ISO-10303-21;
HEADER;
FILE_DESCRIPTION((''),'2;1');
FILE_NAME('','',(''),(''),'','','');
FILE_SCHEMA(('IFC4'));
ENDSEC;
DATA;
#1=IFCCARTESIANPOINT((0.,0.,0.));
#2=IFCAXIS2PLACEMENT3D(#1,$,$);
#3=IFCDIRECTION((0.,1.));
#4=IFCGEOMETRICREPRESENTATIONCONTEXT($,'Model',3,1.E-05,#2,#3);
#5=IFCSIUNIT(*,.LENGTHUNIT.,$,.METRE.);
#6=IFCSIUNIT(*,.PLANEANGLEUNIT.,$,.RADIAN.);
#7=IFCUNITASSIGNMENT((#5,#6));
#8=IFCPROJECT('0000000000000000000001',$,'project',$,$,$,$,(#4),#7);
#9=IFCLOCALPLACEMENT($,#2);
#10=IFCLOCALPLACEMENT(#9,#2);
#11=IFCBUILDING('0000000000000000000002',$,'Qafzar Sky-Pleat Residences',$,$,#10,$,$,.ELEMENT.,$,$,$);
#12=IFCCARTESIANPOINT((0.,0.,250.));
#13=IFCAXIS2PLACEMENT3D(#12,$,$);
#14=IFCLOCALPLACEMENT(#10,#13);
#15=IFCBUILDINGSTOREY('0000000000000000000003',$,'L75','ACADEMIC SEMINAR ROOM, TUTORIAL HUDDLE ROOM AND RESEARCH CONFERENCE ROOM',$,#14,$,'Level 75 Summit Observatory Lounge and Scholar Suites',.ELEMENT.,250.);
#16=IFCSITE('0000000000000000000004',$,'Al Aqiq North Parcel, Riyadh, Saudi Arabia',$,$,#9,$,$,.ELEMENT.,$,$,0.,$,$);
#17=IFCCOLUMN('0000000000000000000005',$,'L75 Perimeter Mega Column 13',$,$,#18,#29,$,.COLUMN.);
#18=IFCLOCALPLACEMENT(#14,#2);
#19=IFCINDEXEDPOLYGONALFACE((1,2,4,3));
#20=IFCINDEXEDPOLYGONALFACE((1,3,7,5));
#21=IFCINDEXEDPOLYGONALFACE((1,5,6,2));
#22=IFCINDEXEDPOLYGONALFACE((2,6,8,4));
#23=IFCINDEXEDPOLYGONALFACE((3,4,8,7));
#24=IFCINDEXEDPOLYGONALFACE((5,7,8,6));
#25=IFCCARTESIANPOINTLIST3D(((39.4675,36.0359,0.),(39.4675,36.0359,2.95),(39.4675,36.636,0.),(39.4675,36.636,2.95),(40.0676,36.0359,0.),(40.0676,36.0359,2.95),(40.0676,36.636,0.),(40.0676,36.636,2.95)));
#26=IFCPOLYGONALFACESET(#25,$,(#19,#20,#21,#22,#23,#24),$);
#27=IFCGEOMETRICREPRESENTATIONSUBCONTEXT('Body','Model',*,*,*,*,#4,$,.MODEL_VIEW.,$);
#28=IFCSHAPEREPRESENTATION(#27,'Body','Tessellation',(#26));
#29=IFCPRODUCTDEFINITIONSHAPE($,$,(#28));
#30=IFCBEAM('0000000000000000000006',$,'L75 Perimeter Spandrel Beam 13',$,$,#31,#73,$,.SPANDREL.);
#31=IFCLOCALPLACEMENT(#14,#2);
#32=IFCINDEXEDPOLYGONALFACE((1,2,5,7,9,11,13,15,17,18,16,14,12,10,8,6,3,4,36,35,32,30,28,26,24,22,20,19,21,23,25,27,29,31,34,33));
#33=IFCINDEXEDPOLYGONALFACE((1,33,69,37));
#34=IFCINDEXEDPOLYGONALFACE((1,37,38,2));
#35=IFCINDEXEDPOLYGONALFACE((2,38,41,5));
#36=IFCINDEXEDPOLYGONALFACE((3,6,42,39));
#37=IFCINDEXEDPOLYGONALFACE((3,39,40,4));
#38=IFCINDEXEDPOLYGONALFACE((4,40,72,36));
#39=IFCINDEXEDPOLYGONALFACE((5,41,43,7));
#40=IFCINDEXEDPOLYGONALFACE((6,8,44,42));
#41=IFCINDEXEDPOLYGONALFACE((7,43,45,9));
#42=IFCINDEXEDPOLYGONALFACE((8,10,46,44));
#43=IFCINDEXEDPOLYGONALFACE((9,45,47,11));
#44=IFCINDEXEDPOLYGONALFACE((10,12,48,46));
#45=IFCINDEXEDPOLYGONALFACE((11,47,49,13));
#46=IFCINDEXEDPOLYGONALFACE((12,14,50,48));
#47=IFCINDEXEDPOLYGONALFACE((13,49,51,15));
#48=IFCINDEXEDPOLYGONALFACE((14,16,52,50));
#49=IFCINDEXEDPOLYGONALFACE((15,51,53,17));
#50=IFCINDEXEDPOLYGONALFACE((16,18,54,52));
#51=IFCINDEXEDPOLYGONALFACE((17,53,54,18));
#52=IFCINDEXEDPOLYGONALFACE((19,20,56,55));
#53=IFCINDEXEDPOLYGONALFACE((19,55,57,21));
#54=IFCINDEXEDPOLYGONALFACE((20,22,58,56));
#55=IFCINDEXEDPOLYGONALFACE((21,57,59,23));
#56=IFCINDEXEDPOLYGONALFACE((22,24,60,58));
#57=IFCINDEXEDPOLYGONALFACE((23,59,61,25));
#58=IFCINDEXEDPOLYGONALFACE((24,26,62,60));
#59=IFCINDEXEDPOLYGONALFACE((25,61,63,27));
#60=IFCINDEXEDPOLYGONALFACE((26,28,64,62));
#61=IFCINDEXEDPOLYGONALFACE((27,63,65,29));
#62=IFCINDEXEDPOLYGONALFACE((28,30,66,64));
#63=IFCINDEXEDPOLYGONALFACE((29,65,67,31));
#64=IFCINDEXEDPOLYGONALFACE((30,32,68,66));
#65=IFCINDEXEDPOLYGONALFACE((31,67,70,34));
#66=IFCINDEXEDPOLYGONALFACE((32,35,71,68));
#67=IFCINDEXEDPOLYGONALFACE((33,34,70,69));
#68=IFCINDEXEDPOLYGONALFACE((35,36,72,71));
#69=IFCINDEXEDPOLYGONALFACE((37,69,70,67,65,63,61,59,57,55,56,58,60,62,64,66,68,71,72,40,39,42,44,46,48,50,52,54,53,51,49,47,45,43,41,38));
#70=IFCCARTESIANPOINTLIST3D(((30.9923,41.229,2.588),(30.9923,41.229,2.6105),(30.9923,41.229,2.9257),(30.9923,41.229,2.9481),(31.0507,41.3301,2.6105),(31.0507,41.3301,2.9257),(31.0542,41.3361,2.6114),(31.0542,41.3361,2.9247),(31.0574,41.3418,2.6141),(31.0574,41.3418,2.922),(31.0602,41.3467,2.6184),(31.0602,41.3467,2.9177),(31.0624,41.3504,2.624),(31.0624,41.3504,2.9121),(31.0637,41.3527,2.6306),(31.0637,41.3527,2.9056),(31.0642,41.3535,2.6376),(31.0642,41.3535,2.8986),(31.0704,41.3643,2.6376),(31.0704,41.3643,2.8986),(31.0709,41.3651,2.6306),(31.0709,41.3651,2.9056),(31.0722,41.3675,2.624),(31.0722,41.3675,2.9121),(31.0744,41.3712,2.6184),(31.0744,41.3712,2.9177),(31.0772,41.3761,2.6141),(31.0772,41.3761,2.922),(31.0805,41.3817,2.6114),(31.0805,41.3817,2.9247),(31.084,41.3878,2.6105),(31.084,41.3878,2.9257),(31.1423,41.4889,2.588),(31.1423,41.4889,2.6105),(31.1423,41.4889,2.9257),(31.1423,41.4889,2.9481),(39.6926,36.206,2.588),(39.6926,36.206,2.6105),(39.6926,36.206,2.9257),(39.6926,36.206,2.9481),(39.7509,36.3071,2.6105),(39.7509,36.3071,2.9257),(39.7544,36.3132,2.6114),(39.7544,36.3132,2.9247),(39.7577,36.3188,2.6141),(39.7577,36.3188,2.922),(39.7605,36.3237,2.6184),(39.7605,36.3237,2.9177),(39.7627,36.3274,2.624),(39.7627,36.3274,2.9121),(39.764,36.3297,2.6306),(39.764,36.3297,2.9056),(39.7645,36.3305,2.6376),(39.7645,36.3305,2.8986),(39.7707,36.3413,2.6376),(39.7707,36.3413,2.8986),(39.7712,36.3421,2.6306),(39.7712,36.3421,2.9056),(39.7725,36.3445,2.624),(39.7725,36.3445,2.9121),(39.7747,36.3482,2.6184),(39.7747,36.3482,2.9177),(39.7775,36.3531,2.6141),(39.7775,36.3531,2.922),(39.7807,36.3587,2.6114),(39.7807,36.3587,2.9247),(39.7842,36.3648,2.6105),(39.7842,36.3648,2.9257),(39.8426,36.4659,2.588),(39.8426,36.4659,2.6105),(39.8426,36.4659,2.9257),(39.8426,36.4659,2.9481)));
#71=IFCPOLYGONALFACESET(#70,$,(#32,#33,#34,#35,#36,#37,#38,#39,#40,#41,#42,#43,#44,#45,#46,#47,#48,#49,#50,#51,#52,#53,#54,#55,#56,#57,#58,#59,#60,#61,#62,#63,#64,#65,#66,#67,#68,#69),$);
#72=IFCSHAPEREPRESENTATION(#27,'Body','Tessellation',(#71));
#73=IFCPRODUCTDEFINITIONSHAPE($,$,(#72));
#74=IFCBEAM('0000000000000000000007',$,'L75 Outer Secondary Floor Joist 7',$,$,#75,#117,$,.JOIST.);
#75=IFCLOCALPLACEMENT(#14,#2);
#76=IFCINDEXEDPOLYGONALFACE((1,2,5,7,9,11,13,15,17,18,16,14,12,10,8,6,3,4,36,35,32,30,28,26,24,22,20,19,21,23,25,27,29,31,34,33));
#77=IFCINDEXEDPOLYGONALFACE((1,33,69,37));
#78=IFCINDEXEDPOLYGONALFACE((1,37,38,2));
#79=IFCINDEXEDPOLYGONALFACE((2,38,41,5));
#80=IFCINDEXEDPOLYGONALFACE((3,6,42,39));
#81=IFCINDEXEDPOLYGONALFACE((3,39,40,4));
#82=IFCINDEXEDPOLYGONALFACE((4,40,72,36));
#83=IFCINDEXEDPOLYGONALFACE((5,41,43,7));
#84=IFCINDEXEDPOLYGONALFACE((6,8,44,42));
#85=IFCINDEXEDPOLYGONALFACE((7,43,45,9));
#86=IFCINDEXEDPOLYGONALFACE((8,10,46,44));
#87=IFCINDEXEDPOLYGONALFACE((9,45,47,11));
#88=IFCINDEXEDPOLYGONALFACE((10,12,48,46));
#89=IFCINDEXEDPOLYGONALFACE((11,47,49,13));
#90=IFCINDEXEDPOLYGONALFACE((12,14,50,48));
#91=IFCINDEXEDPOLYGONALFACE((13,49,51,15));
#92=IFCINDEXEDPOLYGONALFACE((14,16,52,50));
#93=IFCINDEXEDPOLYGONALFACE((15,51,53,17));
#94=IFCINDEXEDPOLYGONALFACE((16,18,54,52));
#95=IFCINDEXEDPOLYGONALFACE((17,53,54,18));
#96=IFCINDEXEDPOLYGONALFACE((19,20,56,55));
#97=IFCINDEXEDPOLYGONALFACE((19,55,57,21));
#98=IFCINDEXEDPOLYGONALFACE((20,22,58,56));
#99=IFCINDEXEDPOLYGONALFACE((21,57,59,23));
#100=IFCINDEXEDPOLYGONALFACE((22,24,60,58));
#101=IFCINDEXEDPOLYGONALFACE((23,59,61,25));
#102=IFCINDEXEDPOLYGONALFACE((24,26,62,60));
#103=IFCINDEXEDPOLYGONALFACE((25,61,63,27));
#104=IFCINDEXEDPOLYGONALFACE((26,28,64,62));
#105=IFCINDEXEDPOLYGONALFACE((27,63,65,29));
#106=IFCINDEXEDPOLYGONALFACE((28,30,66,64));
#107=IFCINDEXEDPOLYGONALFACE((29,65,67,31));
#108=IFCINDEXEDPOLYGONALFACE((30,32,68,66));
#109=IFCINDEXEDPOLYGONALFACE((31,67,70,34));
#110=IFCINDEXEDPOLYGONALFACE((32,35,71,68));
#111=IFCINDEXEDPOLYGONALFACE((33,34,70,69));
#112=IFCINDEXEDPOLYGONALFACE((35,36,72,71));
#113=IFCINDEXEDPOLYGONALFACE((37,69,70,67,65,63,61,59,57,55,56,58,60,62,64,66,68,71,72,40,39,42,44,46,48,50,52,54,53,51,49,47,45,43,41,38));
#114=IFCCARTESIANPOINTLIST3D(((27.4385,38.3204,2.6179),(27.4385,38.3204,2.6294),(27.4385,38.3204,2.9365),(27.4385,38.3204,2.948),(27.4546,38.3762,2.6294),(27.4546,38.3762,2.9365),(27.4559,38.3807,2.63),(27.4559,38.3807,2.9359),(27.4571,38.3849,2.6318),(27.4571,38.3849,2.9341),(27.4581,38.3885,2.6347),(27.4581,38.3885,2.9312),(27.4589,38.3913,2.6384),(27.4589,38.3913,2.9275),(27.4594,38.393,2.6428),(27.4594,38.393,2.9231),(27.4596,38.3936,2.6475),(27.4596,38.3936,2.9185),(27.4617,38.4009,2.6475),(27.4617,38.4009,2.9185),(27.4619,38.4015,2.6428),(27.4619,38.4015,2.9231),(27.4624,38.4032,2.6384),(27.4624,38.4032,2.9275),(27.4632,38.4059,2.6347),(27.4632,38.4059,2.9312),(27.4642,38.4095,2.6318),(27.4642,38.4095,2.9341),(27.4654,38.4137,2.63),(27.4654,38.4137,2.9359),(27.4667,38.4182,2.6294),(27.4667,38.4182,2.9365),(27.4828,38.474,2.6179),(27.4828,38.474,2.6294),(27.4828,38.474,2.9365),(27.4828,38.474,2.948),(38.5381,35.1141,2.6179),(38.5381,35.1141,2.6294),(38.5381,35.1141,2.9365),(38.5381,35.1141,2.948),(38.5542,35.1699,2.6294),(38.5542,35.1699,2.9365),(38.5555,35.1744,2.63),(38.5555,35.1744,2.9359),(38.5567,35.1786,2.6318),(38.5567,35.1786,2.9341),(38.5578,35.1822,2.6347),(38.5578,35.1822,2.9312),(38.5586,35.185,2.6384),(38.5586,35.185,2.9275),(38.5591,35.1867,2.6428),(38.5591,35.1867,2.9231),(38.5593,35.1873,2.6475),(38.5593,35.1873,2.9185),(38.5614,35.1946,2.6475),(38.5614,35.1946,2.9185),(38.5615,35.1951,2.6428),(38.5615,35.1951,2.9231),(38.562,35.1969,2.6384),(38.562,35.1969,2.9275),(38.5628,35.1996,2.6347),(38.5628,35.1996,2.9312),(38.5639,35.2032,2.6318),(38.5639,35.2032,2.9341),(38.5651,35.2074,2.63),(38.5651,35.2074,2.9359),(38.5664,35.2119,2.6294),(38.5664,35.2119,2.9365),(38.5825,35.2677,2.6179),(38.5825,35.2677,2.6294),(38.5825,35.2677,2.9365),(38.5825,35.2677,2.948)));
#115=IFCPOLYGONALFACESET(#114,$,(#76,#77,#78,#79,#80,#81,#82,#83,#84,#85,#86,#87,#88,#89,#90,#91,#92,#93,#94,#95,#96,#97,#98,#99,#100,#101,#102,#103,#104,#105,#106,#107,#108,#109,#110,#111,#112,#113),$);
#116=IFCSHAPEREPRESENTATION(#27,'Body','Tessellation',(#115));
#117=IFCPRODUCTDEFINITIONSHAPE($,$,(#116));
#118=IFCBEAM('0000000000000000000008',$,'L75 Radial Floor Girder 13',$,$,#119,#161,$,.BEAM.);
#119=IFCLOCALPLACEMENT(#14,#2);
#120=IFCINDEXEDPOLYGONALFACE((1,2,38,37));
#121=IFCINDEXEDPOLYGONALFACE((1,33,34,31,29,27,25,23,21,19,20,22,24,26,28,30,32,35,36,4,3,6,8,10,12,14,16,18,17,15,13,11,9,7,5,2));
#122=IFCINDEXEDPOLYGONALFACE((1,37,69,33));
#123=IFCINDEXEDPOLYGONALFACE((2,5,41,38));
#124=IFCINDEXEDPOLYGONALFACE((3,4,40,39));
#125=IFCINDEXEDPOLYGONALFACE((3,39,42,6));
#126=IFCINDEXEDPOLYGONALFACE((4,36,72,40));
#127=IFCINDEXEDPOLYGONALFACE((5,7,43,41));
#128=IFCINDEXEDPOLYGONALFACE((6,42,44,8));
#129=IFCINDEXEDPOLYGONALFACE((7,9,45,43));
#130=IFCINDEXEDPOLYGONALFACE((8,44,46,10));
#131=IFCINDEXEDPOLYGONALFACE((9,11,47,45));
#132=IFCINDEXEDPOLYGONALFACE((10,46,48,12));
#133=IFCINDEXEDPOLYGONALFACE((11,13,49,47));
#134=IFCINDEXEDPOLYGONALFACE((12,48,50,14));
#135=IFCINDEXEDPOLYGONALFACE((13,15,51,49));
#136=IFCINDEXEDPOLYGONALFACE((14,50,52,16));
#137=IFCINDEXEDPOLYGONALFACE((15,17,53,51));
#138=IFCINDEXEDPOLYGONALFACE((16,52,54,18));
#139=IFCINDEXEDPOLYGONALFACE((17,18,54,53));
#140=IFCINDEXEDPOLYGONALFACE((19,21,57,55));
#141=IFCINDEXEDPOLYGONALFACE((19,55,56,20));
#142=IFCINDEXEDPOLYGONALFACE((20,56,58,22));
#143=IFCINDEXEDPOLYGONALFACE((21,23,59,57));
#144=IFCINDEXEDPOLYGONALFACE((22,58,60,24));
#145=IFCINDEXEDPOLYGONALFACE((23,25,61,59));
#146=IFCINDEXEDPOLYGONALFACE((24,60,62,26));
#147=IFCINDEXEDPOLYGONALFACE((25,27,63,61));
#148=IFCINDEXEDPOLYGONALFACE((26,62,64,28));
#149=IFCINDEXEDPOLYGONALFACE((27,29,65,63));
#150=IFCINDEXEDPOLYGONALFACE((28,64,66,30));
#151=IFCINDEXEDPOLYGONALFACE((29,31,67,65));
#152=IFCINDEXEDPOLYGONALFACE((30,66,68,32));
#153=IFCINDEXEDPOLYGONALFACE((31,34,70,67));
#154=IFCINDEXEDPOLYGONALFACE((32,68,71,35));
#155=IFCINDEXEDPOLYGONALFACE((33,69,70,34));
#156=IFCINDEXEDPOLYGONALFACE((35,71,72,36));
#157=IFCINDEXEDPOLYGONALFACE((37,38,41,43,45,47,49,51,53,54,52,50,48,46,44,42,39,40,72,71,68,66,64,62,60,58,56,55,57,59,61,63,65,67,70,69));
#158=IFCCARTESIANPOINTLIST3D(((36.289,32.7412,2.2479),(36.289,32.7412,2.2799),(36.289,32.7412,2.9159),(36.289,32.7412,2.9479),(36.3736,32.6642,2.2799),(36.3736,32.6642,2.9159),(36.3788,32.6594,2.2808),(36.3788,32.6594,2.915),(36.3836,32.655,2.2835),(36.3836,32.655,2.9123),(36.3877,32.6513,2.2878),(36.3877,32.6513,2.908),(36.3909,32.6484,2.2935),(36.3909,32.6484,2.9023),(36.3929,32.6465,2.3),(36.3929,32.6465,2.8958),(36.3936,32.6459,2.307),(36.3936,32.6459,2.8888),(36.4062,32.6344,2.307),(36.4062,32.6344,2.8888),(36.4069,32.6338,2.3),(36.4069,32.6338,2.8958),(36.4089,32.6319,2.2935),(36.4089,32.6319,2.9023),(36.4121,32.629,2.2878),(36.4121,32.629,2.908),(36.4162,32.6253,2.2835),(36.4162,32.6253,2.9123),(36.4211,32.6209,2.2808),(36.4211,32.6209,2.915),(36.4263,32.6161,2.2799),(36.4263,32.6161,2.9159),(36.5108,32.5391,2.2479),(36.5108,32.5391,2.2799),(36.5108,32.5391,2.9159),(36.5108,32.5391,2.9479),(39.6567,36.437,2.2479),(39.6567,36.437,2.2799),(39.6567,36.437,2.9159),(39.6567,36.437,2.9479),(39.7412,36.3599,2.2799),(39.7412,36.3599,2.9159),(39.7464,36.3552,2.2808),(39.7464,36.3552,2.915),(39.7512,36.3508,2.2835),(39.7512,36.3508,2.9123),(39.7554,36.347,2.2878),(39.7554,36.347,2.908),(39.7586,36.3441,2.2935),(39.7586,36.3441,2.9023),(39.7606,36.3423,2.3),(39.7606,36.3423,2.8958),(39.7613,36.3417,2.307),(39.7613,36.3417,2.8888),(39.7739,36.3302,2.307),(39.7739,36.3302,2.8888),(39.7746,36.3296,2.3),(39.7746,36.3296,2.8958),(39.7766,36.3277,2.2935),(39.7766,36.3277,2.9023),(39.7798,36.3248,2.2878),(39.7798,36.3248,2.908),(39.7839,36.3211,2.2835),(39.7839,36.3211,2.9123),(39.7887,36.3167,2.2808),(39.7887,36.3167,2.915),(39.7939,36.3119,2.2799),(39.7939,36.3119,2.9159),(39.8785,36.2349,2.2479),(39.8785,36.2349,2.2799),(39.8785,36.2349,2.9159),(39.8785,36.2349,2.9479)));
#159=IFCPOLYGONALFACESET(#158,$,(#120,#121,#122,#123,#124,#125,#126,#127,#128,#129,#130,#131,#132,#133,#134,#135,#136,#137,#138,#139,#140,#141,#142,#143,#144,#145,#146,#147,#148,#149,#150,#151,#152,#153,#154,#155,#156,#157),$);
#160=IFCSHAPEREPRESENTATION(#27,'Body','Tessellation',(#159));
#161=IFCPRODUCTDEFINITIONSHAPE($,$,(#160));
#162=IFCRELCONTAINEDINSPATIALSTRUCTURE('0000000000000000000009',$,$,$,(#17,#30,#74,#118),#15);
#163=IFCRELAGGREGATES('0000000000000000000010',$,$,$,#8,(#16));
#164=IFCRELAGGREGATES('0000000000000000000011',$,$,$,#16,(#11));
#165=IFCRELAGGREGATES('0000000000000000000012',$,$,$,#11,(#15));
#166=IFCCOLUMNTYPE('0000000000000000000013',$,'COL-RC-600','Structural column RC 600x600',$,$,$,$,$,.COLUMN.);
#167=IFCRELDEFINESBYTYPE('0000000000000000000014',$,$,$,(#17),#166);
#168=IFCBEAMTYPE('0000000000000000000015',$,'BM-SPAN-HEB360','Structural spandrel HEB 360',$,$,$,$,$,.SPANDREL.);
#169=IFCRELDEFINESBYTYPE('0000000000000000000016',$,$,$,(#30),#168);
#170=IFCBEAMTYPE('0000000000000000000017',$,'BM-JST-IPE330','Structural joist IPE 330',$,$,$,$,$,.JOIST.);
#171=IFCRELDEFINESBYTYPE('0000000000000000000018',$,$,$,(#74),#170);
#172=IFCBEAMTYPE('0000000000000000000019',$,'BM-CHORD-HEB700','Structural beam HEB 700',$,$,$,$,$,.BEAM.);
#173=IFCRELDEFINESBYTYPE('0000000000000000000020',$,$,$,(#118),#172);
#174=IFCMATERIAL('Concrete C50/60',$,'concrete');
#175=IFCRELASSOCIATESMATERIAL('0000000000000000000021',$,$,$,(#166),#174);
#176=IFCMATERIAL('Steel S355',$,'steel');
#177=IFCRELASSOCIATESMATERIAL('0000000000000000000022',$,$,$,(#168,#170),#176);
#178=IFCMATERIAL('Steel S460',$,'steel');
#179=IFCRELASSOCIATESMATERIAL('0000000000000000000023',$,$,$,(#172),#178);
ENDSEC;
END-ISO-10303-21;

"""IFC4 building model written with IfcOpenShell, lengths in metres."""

from ifc_helpers import new_model, si_unit, direction, frame, origin, origin_2d, place, context, subcontext, project, spatial, rectangle, i_section, extrude, source, transform, mapped, material, material_profile, profile_set, type_object, element, save


model = new_model("IFC4")

# Units and contexts
model_context = context("Model", 3, precision=1e-05, world=origin(), true_north=direction((0.0, 1.0)))
body_context = subcontext(model_context, "Body", "Model", "MODEL_VIEW")
ifc_project = project(units=[si_unit("LENGTHUNIT", "METRE"), si_unit("PLANEANGLEUNIT", "RADIAN")], contexts=[model_context])

# Site, building, storey
site_placement = place(None, origin())
site = spatial("IfcSite", under=ifc_project, at=site_placement, Name="Al Aqiq North Parcel, Riyadh, Saudi Arabia", CompositionType="ELEMENT", RefElevation=0.0)
building_placement = place(site_placement, origin())
building = spatial("IfcBuilding", under=site, at=building_placement, Name="Qafzar Sky-Pleat Residences", CompositionType="ELEMENT")
storey_placement = place(building_placement, frame((0.0, 0.0, 250.0)))
storey = spatial("IfcBuildingStorey", under=building, at=storey_placement, Name="L75", Description="ACADEMIC SEMINAR ROOM, TUTORIAL HUDDLE ROOM AND RESEARCH CONFERENCE ROOM", LongName="Level 75 Summit Observatory Lounge and Scholar Suites", CompositionType="ELEMENT", Elevation=250.0)

# Column
ifc_material_1 = material(Name="Concrete C50/60", Category="concrete")
ifc_material_profile_1 = material_profile(ifc_material_1, rectangle(XDim=0.6001, YDim=0.6001, at=origin_2d()), Name="RC 600x600")
ifc_profile_set_1 = profile_set([ifc_material_profile_1], Name="Concrete C50/60")
column_type = type_object("IfcColumnType", Name="COL-RC-600", Description="Structural column RC 600x600", PredefinedType="COLUMN", material=ifc_profile_set_1)
shared_shape_1 = source(origin(), body_context, "Body", "SweptSolid", [
    extrude(rectangle(XDim=0.6001, YDim=0.6001, at=origin_2d()), origin(), (0.0, 0.0, 1.0), 2.95),
])
column_placement = place(storey_placement, frame((39.7676, 36.3359, 0.0), z_axis=(0.0, 0.0, 1.0), x_axis=(1.0, 0.0, 0.0)))
element("IfcColumn", 1, at=column_placement, inside=storey, type_object=column_type, Name="L75 Perimeter Mega Column 13", PredefinedType="COLUMN", context=body_context, shape_type="MappedRepresentation", body=[
    mapped(shared_shape_1, transform((0.0, 0.0, 0.0), x_axis=(1.0, 0.0, 0.0), y_axis=(0.0, 1.0, 0.0), z_axis=(0.0, 0.0, 1.0), scale=1.0)),
])

# Beams
ifc_material_2 = material(Name="Steel S355", Category="steel")
ifc_material_profile_2 = material_profile(ifc_material_2, i_section(OverallWidth=0.3, OverallDepth=0.3601, WebThickness=0.0125, FlangeThickness=0.0225, FilletRadius=0.0271, at=origin_2d()), Name="HEB 360")
ifc_profile_set_2 = profile_set([ifc_material_profile_2], Name="Steel S355")
beam_type_1 = type_object("IfcBeamType", Name="BM-SPAN-HEB360", Description="Structural spandrel HEB 360", PredefinedType="SPANDREL", material=ifc_profile_set_2)
shared_shape_2 = source(origin(), body_context, "Body", "SweptSolid", [
    extrude(i_section(OverallWidth=0.3, OverallDepth=0.3601, WebThickness=0.0125, FlangeThickness=0.0225, FilletRadius=0.0271, at=origin_2d()), origin(), (0.0, 0.0, 1.0), 10.0461),
])
beam_1_placement = place(storey_placement, frame((39.7676, 36.3359, 2.7681), z_axis=(-0.86603, 0.499992, 0.0), x_axis=(-0.499992, -0.86603, 0.0)))
element("IfcBeam", 2, at=beam_1_placement, inside=storey, type_object=beam_type_1, Name="L75 Perimeter Spandrel Beam 13", PredefinedType="SPANDREL", context=body_context, shape_type="MappedRepresentation", body=[
    mapped(shared_shape_2, transform((0.0, 0.0, 0.0), x_axis=(1.0, 0.0, 0.0), y_axis=(0.0, 1.0, 0.0), z_axis=(0.0, 0.0, 1.0), scale=1.0)),
])
ifc_material_profile_3 = material_profile(ifc_material_2, i_section(OverallWidth=0.1599, OverallDepth=0.3301, WebThickness=0.0076, FlangeThickness=0.0115, FilletRadius=0.0181, at=origin_2d()), Name="IPE 330")
ifc_profile_set_3 = profile_set([ifc_material_profile_3], Name="Steel S355")
beam_type_2 = type_object("IfcBeamType", Name="BM-JST-IPE330", Description="Structural joist IPE 330", PredefinedType="JOIST", material=ifc_profile_set_3)
shared_shape_3 = source(origin(), body_context, "Body", "SweptSolid", [
    extrude(i_section(OverallWidth=0.1599, OverallDepth=0.3301, WebThickness=0.0076, FlangeThickness=0.0115, FilletRadius=0.0181, at=origin_2d()), origin(), (0.0, 0.0, 1.0), 11.5535),
])
beam_2_placement = place(storey_placement, frame((38.5603, 35.1909, 2.783), z_axis=(-0.96072, 0.277519, 0.0), x_axis=(-0.277519, -0.96072, 0.0)))
element("IfcBeam", 3, at=beam_2_placement, inside=storey, type_object=beam_type_2, Name="L75 Outer Secondary Floor Joist 7", PredefinedType="JOIST", context=body_context, shape_type="MappedRepresentation", body=[
    mapped(shared_shape_3, transform((0.0, 0.0, 0.0), x_axis=(1.0, 0.0, 0.0), y_axis=(0.0, 1.0, 0.0), z_axis=(0.0, 0.0, 1.0), scale=1.0)),
])
ifc_material_3 = material(Name="Steel S460", Category="steel")
ifc_material_profile_4 = material_profile(ifc_material_3, i_section(OverallWidth=0.3, OverallDepth=0.7, WebThickness=0.0171, FlangeThickness=0.032, FilletRadius=0.0271, at=origin_2d()), Name="HEB 700")
ifc_profile_set_4 = profile_set([ifc_material_profile_4], Name="Steel S460")
beam_type_3 = type_object("IfcBeamType", Name="BM-CHORD-HEB700", Description="Structural beam HEB 700", PredefinedType="BEAM", material=ifc_profile_set_4)
shared_shape_4 = source(origin(), body_context, "Body", "SweptSolid", [
    extrude(i_section(OverallWidth=0.3, OverallDepth=0.7, WebThickness=0.0171, FlangeThickness=0.032, FilletRadius=0.0271, at=origin_2d()), origin(), (0.0, 0.0, 1.0), 5.0),
])
beam_3_placement = place(storey_placement, frame((39.7676, 36.3359, 2.5979), z_axis=(-0.673533, -0.739157, 0.0), x_axis=(0.739157, -0.673533, 0.0)))
element("IfcBeam", 4, at=beam_3_placement, inside=storey, type_object=beam_type_3, Name="L75 Radial Floor Girder 13", PredefinedType="BEAM", context=body_context, shape_type="MappedRepresentation", body=[
    mapped(shared_shape_4, transform((0.0, 0.0, 0.0), x_axis=(1.0, 0.0, 0.0), y_axis=(0.0, 1.0, 0.0), z_axis=(0.0, 0.0, 1.0), scale=1.0)),
])

save(model, "model.ifc")
